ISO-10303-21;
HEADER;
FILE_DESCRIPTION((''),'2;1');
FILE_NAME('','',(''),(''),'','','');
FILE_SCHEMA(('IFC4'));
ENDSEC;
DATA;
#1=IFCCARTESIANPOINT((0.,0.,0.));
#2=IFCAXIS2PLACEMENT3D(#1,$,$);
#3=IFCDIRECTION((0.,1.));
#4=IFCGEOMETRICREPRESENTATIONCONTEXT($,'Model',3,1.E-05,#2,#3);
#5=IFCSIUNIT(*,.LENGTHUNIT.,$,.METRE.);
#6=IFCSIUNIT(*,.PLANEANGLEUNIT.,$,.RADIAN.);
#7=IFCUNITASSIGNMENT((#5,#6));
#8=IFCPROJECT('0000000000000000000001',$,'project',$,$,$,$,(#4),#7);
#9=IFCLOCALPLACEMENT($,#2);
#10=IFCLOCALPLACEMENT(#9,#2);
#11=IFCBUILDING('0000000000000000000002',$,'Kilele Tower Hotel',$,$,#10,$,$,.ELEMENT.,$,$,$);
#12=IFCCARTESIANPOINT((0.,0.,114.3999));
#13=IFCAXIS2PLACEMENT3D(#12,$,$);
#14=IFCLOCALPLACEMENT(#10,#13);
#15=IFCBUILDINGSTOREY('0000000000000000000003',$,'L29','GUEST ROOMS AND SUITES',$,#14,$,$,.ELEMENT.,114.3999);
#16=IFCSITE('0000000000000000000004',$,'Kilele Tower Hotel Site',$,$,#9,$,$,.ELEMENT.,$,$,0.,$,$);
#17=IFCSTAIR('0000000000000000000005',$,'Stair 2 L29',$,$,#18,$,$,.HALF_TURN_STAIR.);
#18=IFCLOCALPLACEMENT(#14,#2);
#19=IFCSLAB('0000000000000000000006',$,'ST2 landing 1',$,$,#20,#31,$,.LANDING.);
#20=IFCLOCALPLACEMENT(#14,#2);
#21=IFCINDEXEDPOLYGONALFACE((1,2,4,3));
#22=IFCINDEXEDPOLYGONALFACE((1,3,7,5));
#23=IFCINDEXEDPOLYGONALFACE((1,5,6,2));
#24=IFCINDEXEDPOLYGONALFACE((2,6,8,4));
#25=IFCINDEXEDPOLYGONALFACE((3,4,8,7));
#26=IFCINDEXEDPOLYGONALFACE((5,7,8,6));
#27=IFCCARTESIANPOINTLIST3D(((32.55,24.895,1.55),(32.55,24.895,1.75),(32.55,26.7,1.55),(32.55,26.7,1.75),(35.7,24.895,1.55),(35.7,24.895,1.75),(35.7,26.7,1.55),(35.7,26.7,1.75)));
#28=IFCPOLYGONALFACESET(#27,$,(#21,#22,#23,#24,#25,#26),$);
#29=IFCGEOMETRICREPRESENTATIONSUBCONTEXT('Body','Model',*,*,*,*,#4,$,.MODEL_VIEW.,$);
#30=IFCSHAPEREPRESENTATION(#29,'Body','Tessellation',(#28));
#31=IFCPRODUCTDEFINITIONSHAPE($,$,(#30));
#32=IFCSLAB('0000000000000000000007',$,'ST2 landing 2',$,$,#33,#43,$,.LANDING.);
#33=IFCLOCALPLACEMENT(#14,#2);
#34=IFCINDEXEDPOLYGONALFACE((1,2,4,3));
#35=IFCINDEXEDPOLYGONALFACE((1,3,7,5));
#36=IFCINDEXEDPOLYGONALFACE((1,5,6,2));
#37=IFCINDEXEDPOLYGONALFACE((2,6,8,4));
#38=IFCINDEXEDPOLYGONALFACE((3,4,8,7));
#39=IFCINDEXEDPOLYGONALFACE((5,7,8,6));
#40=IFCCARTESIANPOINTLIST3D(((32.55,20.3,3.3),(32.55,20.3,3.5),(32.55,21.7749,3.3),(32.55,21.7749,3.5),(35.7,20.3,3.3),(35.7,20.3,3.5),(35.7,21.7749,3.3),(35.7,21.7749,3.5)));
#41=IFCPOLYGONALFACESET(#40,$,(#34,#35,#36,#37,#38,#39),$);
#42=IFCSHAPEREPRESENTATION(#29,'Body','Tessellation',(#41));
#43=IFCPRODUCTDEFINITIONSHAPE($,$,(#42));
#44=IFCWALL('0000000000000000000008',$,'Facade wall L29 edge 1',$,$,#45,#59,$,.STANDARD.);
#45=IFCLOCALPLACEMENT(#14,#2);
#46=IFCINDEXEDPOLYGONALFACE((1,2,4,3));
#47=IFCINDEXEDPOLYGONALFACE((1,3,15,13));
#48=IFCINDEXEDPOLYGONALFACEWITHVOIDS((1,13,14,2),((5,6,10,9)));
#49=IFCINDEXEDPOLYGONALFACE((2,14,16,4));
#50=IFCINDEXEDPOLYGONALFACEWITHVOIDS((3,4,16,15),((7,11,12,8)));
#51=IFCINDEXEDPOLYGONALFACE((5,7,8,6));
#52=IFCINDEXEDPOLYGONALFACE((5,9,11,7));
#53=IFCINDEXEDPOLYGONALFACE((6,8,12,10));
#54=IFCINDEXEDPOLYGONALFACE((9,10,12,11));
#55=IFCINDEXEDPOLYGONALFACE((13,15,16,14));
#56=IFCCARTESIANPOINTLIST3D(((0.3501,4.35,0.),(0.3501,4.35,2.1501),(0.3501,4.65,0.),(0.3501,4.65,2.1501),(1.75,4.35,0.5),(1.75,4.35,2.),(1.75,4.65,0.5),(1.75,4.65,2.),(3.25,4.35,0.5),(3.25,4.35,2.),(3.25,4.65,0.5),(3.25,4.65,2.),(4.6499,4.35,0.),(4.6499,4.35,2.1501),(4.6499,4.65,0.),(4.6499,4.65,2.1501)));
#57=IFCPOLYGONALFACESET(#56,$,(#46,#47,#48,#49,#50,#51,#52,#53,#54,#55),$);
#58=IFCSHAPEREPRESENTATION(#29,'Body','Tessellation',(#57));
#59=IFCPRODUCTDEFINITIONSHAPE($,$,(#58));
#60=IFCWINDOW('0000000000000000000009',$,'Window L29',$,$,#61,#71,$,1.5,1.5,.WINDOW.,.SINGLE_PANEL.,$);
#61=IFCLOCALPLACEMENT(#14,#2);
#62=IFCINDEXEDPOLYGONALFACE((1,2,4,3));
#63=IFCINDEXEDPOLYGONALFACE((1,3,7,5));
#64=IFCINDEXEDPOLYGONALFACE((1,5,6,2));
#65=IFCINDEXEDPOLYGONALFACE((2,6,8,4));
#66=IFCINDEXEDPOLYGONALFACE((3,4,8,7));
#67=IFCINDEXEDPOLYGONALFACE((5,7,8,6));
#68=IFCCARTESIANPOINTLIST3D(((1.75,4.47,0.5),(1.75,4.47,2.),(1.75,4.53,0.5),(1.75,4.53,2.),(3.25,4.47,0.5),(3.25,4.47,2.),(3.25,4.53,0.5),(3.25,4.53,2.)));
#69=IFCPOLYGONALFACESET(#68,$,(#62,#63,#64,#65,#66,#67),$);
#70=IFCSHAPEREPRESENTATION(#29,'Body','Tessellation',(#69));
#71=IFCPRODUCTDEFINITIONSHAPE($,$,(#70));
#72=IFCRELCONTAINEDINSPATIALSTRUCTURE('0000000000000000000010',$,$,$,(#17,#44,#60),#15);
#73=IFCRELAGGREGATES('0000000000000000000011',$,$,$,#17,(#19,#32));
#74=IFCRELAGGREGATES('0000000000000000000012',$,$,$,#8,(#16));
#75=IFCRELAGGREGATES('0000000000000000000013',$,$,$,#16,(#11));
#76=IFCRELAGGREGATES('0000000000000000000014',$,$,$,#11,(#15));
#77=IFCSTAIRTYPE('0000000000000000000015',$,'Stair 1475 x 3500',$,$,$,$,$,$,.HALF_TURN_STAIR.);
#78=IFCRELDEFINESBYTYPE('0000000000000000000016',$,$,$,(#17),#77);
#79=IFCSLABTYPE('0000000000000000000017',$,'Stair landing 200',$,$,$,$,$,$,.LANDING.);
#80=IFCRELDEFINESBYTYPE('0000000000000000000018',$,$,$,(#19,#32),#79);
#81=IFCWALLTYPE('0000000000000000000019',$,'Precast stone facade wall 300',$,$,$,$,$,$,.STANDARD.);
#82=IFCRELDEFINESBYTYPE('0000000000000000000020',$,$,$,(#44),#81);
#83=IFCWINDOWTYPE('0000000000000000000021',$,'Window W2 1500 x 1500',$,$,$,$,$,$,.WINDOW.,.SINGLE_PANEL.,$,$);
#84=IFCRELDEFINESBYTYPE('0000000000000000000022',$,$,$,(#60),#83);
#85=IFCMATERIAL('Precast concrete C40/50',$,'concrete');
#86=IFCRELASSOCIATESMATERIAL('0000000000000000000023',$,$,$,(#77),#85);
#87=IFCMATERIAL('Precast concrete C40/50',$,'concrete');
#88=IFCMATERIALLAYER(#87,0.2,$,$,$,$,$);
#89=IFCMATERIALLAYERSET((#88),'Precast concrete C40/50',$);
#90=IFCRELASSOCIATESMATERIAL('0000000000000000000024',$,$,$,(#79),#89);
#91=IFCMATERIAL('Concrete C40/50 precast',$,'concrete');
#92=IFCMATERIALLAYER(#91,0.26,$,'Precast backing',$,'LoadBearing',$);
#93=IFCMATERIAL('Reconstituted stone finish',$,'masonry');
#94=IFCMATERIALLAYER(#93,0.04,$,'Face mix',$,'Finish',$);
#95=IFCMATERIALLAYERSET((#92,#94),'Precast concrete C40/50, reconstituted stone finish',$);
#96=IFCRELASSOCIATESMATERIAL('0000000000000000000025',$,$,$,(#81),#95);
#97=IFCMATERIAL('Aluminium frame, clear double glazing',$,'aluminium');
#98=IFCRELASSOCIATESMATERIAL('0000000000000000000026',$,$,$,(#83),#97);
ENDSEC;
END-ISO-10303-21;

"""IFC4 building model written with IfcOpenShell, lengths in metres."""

from ifc_helpers import new_model, si_unit, direction, frame, frame_2d, origin, place, context, subcontext, project, spatial, polyline, rectangle, outline, extrude, material, layer, layer_set, type_object, element, fill, aggregate, save


model = new_model("IFC4")

# Units and contexts
model_context = context("Model", 3, precision=1e-05, world=origin(), true_north=direction((0.0, 1.0)))
body_context = subcontext(model_context, "Body", "Model", "MODEL_VIEW")
ifc_project = project(units=[si_unit("LENGTHUNIT", "METRE"), si_unit("PLANEANGLEUNIT", "RADIAN")], contexts=[model_context])

# Site, building, storey
site_placement = place(None, origin())
site = spatial("IfcSite", under=ifc_project, at=site_placement, Name="Kilele Tower Hotel Site", CompositionType="ELEMENT", RefElevation=0.0)
building_placement = place(site_placement, origin())
building = spatial("IfcBuilding", under=site, at=building_placement, Name="Kilele Tower Hotel", CompositionType="ELEMENT")
storey_placement = place(building_placement, frame((0.0, 0.0, 114.3999)))
storey = spatial("IfcBuildingStorey", under=building, at=storey_placement, Name="L29", Description="GUEST ROOMS AND SUITES", CompositionType="ELEMENT", Elevation=114.3999)

# Stair, slabs
ifc_material_1 = material(Name="Precast concrete C40/50", Category="concrete")
stair_type = type_object("IfcStairType", Name="Stair 1475 x 3500", PredefinedType="HALF_TURN_STAIR", material=ifc_material_1)
ifc_material_2 = material(Name="Precast concrete C40/50", Category="concrete")
ifc_layer_1 = layer(ifc_material_2, 0.2)
ifc_layer_set_1 = layer_set([ifc_layer_1], Name="Precast concrete C40/50")
slab_type_1 = type_object("IfcSlabType", Name="Stair landing 200", PredefinedType="LANDING", material=ifc_layer_set_1)
stair_1_placement = place(storey_placement, origin())
stair_1 = element("IfcStair", 1, at=stair_1_placement, inside=storey, type_object=stair_type, Name="Stair 2 L29", PredefinedType="HALF_TURN_STAIR")
slab_1_placement = place(storey_placement, frame((0.0, 0.0, 1.55)))
slab_1 = element("IfcSlab", 2, at=slab_1_placement, type_object=slab_type_1, Name="ST2 landing 1", PredefinedType="LANDING", context=body_context, shape_type="SweptSolid", body=[
    extrude(outline(polyline([(32.55, 24.895), (35.7, 24.895), (35.7, 26.7), (32.55, 26.7), (32.55, 24.895)])), origin(), (0.0, 0.0, 1.0), 0.2),
])
slab_2_placement = place(storey_placement, frame((0.0, 0.0, 3.3)))
slab_2 = element("IfcSlab", 3, at=slab_2_placement, type_object=slab_type_1, Name="ST2 landing 2", PredefinedType="LANDING", context=body_context, shape_type="SweptSolid", body=[
    extrude(outline(polyline([(32.55, 20.3), (35.7, 20.3), (35.7, 21.7749), (32.55, 21.7749), (32.55, 20.3)])), origin(), (0.0, 0.0, 1.0), 0.2),
])
aggregate(stair_1, [slab_1, slab_2])

# Wall, opening, window
ifc_material_3 = material(Name="Concrete C40/50 precast", Category="concrete")
ifc_layer_2 = layer(ifc_material_3, 0.26, Name="Precast backing", Category="LoadBearing")
ifc_material_4 = material(Name="Reconstituted stone finish", Category="masonry")
ifc_layer_3 = layer(ifc_material_4, 0.04, Name="Face mix", Category="Finish")
ifc_layer_set_2 = layer_set([ifc_layer_2, ifc_layer_3], Name="Precast concrete C40/50, reconstituted stone finish")
wall_type = type_object("IfcWallType", Name="Precast stone facade wall 300", PredefinedType="STANDARD", material=ifc_layer_set_2)
wall_1_placement = place(storey_placement, frame((0.3501, 4.5, 0.0), z_axis=(0.0, 0.0, 1.0), x_axis=(1.0, 0.0, 0.0)))
wall_1 = element("IfcWall", 4, at=wall_1_placement, inside=storey, type_object=wall_type, Name="Facade wall L29 edge 1", PredefinedType="STANDARD", context=body_context, shape_type="SweptSolid", body=[
    extrude(rectangle(XDim=4.2998, YDim=0.3, at=frame_2d((2.1499, 0.0))), origin(), (0.0, 0.0, 1.0), 2.1501),
])
opening_1_placement = place(wall_1_placement, frame((1.3999, 0.0, 0.5)))
opening_1 = element("IfcOpeningElement", 5, at=opening_1_placement, cuts=wall_1, PredefinedType="OPENING", context=body_context, shape_type="SweptSolid", body=[
    extrude(rectangle(XDim=1.5, YDim=1.5, at=frame_2d((0.75, 0.75))), frame((0.0, 0.1599, 0.0), z_axis=(0.0, -1.0, 0.0), x_axis=(1.0, 0.0, 0.0)), (0.0, 0.0, 1.0), 0.3201),
])
ifc_material_5 = material(Name="Aluminium frame, clear double glazing", Category="aluminium")
window_type = type_object("IfcWindowType", Name="Window W2 1500 x 1500", PartitioningType="SINGLE_PANEL", PredefinedType="WINDOW", material=ifc_material_5)
window_1_placement = place(opening_1_placement, origin())
window_1 = element("IfcWindow", 6, at=window_1_placement, inside=storey, type_object=window_type, Name="Window L29", OverallHeight=1.5, OverallWidth=1.5, PartitioningType="SINGLE_PANEL", PredefinedType="WINDOW", context=body_context, shape_type="SweptSolid", body=[
    extrude(rectangle(XDim=1.5, YDim=1.5, at=frame_2d((0.75, 0.75))), frame((0.0, 0.03, 0.0), z_axis=(0.0, -1.0, 0.0), x_axis=(1.0, 0.0, 0.0)), (0.0, 0.0, 1.0), 0.0601),
])
fill(opening_1, window_1)

save(model, "model.ifc")
